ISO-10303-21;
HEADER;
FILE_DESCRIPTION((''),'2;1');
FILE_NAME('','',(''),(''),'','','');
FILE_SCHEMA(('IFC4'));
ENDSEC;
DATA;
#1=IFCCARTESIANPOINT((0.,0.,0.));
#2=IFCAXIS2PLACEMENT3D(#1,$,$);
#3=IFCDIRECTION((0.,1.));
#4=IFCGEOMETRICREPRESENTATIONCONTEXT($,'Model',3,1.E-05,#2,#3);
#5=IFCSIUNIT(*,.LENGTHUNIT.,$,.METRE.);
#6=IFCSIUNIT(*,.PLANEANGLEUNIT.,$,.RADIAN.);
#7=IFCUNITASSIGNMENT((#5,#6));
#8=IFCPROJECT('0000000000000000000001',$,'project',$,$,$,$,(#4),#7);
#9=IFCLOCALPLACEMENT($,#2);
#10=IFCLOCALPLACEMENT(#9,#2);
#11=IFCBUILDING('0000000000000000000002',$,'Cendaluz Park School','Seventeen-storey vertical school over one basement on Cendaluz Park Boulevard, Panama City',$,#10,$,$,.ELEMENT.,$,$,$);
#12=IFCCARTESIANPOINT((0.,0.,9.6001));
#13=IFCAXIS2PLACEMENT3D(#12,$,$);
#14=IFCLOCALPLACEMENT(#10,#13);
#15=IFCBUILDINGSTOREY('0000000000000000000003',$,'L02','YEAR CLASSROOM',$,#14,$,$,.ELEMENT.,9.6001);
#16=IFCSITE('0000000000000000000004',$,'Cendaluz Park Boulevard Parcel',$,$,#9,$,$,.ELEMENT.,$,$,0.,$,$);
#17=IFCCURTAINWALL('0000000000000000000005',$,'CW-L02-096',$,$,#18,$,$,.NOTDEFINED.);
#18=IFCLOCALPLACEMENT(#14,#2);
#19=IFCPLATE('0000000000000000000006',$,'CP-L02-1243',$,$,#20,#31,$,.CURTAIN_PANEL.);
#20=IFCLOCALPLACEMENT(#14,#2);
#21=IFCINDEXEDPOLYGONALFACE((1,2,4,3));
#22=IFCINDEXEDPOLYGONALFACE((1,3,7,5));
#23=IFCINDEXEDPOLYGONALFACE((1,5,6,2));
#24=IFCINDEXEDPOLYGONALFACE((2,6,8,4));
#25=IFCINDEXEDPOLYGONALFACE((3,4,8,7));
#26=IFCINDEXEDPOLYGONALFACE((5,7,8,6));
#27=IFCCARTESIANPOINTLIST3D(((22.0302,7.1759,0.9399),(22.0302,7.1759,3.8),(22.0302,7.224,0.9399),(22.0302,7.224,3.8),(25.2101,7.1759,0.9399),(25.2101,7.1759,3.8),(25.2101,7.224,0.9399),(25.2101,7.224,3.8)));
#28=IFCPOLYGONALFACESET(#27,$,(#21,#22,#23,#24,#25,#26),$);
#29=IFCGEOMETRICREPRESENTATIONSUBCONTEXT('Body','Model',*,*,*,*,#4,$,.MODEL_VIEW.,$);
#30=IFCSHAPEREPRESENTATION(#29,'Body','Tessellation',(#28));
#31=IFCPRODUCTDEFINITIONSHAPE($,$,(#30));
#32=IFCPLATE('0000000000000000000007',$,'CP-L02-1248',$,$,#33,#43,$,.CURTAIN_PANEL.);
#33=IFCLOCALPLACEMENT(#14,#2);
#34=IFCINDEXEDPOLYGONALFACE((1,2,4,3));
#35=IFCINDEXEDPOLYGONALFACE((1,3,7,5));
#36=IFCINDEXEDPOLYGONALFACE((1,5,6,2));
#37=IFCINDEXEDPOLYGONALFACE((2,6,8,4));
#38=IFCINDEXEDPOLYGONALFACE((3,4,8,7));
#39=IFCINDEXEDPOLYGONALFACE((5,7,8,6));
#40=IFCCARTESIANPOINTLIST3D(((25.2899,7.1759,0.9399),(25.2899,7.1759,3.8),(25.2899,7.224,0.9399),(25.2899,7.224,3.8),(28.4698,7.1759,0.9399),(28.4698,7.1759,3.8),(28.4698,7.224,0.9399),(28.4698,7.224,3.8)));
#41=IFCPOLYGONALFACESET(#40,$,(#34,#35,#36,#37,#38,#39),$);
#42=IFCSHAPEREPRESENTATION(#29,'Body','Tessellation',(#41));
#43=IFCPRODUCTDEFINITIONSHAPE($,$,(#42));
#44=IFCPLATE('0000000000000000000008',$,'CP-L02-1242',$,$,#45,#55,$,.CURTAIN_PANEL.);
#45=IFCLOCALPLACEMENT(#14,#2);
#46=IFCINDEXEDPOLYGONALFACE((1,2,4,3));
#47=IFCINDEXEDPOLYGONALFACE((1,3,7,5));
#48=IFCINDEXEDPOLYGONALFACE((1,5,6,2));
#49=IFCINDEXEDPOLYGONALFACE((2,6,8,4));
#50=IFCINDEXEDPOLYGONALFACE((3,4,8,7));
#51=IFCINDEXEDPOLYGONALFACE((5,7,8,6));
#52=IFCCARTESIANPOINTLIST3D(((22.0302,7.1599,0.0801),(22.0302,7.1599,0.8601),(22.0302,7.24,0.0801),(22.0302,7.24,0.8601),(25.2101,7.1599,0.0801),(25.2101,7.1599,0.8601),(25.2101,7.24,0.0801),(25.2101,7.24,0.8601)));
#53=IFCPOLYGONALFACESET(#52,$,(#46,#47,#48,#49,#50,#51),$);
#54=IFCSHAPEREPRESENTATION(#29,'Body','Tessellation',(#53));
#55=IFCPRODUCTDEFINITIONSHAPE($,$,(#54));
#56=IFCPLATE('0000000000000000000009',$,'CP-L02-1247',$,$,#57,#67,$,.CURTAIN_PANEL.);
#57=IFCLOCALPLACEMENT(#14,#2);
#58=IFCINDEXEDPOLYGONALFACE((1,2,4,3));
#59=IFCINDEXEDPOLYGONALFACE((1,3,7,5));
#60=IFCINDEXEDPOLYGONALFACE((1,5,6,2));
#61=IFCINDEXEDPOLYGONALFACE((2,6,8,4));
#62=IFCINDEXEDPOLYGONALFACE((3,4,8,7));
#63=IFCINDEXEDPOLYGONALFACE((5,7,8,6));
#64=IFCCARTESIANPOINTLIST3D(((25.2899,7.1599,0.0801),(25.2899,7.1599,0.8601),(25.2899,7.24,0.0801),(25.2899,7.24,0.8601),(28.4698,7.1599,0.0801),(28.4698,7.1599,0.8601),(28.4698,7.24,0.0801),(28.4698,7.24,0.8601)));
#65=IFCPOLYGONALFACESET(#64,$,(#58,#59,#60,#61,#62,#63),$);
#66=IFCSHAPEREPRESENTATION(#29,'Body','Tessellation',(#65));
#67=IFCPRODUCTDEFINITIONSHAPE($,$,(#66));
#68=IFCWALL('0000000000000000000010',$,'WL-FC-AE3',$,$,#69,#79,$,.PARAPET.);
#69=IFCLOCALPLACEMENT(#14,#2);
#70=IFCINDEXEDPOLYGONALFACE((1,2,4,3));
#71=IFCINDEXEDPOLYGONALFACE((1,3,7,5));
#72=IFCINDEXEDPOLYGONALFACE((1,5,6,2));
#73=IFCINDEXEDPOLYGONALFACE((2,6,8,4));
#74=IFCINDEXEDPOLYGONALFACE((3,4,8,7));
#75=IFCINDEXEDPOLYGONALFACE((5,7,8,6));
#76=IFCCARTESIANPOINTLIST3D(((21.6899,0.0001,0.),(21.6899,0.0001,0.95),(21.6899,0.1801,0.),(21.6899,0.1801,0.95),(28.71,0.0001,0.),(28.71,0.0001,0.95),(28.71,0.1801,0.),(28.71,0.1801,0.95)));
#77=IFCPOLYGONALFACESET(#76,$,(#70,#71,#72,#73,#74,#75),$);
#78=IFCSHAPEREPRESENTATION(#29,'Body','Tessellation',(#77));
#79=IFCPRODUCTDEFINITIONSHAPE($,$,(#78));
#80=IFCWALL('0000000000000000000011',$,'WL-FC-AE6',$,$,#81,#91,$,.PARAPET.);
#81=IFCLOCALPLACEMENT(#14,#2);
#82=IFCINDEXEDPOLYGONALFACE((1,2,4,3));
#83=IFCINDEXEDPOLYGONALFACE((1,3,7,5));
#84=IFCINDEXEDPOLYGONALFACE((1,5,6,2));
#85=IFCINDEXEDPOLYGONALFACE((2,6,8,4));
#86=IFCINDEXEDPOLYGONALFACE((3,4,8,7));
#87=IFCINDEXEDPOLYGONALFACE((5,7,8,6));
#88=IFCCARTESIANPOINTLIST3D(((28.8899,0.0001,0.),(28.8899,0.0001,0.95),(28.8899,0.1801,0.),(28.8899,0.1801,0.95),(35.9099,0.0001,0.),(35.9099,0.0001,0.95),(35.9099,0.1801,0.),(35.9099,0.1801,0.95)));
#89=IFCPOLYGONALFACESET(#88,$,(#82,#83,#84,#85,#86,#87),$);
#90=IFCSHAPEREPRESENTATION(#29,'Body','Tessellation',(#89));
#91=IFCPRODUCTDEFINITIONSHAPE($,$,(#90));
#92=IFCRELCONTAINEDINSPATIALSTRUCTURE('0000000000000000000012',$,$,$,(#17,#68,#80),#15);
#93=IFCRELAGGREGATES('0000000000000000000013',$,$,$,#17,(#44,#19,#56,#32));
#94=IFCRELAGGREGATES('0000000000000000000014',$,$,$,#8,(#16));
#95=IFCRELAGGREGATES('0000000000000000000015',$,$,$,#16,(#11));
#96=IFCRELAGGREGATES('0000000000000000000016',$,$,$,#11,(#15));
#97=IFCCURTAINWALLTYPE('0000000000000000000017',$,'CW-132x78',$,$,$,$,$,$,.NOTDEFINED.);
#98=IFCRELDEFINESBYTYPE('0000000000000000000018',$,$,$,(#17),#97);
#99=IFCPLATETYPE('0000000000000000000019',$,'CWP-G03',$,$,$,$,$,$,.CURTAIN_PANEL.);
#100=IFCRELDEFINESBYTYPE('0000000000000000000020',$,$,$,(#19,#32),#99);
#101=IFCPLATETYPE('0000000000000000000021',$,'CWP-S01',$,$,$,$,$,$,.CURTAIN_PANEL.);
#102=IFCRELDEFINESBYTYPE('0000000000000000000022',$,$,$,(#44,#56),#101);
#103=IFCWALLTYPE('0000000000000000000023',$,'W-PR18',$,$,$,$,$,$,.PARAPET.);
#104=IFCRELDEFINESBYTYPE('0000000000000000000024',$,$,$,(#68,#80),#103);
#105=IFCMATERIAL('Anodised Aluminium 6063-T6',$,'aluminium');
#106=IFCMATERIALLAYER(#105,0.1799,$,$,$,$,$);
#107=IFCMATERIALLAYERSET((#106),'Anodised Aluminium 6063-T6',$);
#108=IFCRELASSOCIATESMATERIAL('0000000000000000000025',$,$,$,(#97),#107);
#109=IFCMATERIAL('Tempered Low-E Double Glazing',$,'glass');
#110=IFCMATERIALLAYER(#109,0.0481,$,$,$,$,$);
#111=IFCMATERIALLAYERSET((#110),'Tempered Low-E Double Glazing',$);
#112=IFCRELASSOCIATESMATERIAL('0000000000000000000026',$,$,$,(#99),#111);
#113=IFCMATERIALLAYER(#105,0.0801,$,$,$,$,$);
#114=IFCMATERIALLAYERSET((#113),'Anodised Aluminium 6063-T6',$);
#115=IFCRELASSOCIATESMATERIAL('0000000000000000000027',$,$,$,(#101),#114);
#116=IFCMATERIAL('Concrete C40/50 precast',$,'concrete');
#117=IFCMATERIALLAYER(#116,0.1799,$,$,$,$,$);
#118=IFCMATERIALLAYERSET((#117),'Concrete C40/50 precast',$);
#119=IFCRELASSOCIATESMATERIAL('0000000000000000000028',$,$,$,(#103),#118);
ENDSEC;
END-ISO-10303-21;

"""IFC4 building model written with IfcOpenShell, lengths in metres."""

from ifc_helpers import new_model, si_unit, direction, frame, frame_2d, origin, origin_2d, place, context, subcontext, project, spatial, rectangle, extrude, material, layer, layer_set, type_object, element, aggregate, save


model = new_model("IFC4")

# Units and contexts
model_context = context("Model", 3, precision=1e-05, world=origin(), true_north=direction((0.0, 1.0)))
body_context = subcontext(model_context, "Body", "Model", "MODEL_VIEW")
ifc_project = project(units=[si_unit("LENGTHUNIT", "METRE"), si_unit("PLANEANGLEUNIT", "RADIAN")], contexts=[model_context])

# Site, building, storey
site_placement = place(None, origin())
site = spatial("IfcSite", under=ifc_project, at=site_placement, Name="Cendaluz Park Boulevard Parcel", CompositionType="ELEMENT", RefElevation=0.0)
building_placement = place(site_placement, origin())
building = spatial("IfcBuilding", under=site, at=building_placement, Name="Cendaluz Park School", Description="Seventeen-storey vertical school over one basement on Cendaluz Park Boulevard, Panama City", CompositionType="ELEMENT")
storey_placement = place(building_placement, frame((0.0, 0.0, 9.6001)))
storey = spatial("IfcBuildingStorey", under=building, at=storey_placement, Name="L02", Description="YEAR CLASSROOM", CompositionType="ELEMENT", Elevation=9.6001)

# Curtain wall
ifc_material_1 = material(Name="Anodised Aluminium 6063-T6", Category="aluminium")
ifc_layer_1 = layer(ifc_material_1, 0.1799)
ifc_layer_set_1 = layer_set([ifc_layer_1], Name="Anodised Aluminium 6063-T6")
curtain_wall_type = type_object("IfcCurtainWallType", Name="CW-132x78", PredefinedType="NOTDEFINED", material=ifc_layer_set_1)
curtain_wall_1_placement = place(storey_placement, origin())
curtain_wall_1 = element("IfcCurtainWall", 1, at=curtain_wall_1_placement, inside=storey, type_object=curtain_wall_type, Name="CW-L02-096", PredefinedType="NOTDEFINED")

# Plates
ifc_material_2 = material(Name="Tempered Low-E Double Glazing", Category="glass")
ifc_layer_2 = layer(ifc_material_2, 0.0481)
ifc_layer_set_2 = layer_set([ifc_layer_2], Name="Tempered Low-E Double Glazing")
plate_type_1 = type_object("IfcPlateType", Name="CWP-G03", PredefinedType="CURTAIN_PANEL", material=ifc_layer_set_2)
plate_1_placement = place(storey_placement, frame((23.6201, 7.2, 0.9399), z_axis=(0.0, 0.0, 1.0), x_axis=(1.0, 0.0, 0.0)))
plate_1 = element("IfcPlate", 2, at=plate_1_placement, type_object=plate_type_1, Name="CP-L02-1243", PredefinedType="CURTAIN_PANEL", context=body_context, shape_type="SweptSolid", body=[
    extrude(rectangle(XDim=3.1799, YDim=0.0481, at=origin_2d()), origin(), (0.0, 0.0, 1.0), 2.8601),
])
plate_2_placement = place(storey_placement, frame((26.8799, 7.2, 0.9399), z_axis=(0.0, 0.0, 1.0), x_axis=(1.0, 0.0, 0.0)))
plate_2 = element("IfcPlate", 3, at=plate_2_placement, type_object=plate_type_1, Name="CP-L02-1248", PredefinedType="CURTAIN_PANEL", context=body_context, shape_type="SweptSolid", body=[
    extrude(rectangle(XDim=3.1799, YDim=0.0481, at=origin_2d()), origin(), (0.0, 0.0, 1.0), 2.8601),
])
ifc_layer_3 = layer(ifc_material_1, 0.0801)
ifc_layer_set_3 = layer_set([ifc_layer_3], Name="Anodised Aluminium 6063-T6")
plate_type_2 = type_object("IfcPlateType", Name="CWP-S01", PredefinedType="CURTAIN_PANEL", material=ifc_layer_set_3)
plate_3_placement = place(storey_placement, frame((23.6201, 7.2, 0.0801), z_axis=(0.0, 0.0, 1.0), x_axis=(1.0, 0.0, 0.0)))
plate_3 = element("IfcPlate", 4, at=plate_3_placement, type_object=plate_type_2, Name="CP-L02-1242", PredefinedType="CURTAIN_PANEL", context=body_context, shape_type="SweptSolid", body=[
    extrude(rectangle(XDim=3.1799, YDim=0.0801, at=origin_2d()), origin(), (0.0, 0.0, 1.0), 0.78),
])
plate_4_placement = place(storey_placement, frame((26.8799, 7.2, 0.0801), z_axis=(0.0, 0.0, 1.0), x_axis=(1.0, 0.0, 0.0)))
plate_4 = element("IfcPlate", 5, at=plate_4_placement, type_object=plate_type_2, Name="CP-L02-1247", PredefinedType="CURTAIN_PANEL", context=body_context, shape_type="SweptSolid", body=[
    extrude(rectangle(XDim=3.1799, YDim=0.0801, at=origin_2d()), origin(), (0.0, 0.0, 1.0), 0.78),
])
aggregate(curtain_wall_1, [plate_3, plate_1, plate_4, plate_2])

# Walls
ifc_material_3 = material(Name="Concrete C40/50 precast", Category="concrete")
ifc_layer_4 = layer(ifc_material_3, 0.1799)
ifc_layer_set_4 = layer_set([ifc_layer_4], Name="Concrete C40/50 precast")
wall_type = type_object("IfcWallType", Name="W-PR18", PredefinedType="PARAPET", material=ifc_layer_set_4)
for number, where, z_axis, x_axis, name in (
    (6, (21.6899, 0.0901, 0.0), (0.0, 0.0, 1.0), (1.0, 0.0, 0.0), "WL-FC-AE3"),
    (7, (28.8899, 0.0901, 0.0), (0.0, 0.0, 1.0), (1.0, 0.0, 0.0), "WL-FC-AE6"),
):
    element("IfcWall", number, at=place(storey_placement, frame(where, z_axis=z_axis, x_axis=x_axis)), inside=storey, type_object=wall_type, Name=name, PredefinedType="PARAPET", context=body_context, shape_type="SweptSolid", body=[
        extrude(rectangle(XDim=7.02, YDim=0.1799, at=frame_2d((3.51, 0.0))), origin(), (0.0, 0.0, 1.0), 0.95),
    ])

save(model, "model.ifc")
